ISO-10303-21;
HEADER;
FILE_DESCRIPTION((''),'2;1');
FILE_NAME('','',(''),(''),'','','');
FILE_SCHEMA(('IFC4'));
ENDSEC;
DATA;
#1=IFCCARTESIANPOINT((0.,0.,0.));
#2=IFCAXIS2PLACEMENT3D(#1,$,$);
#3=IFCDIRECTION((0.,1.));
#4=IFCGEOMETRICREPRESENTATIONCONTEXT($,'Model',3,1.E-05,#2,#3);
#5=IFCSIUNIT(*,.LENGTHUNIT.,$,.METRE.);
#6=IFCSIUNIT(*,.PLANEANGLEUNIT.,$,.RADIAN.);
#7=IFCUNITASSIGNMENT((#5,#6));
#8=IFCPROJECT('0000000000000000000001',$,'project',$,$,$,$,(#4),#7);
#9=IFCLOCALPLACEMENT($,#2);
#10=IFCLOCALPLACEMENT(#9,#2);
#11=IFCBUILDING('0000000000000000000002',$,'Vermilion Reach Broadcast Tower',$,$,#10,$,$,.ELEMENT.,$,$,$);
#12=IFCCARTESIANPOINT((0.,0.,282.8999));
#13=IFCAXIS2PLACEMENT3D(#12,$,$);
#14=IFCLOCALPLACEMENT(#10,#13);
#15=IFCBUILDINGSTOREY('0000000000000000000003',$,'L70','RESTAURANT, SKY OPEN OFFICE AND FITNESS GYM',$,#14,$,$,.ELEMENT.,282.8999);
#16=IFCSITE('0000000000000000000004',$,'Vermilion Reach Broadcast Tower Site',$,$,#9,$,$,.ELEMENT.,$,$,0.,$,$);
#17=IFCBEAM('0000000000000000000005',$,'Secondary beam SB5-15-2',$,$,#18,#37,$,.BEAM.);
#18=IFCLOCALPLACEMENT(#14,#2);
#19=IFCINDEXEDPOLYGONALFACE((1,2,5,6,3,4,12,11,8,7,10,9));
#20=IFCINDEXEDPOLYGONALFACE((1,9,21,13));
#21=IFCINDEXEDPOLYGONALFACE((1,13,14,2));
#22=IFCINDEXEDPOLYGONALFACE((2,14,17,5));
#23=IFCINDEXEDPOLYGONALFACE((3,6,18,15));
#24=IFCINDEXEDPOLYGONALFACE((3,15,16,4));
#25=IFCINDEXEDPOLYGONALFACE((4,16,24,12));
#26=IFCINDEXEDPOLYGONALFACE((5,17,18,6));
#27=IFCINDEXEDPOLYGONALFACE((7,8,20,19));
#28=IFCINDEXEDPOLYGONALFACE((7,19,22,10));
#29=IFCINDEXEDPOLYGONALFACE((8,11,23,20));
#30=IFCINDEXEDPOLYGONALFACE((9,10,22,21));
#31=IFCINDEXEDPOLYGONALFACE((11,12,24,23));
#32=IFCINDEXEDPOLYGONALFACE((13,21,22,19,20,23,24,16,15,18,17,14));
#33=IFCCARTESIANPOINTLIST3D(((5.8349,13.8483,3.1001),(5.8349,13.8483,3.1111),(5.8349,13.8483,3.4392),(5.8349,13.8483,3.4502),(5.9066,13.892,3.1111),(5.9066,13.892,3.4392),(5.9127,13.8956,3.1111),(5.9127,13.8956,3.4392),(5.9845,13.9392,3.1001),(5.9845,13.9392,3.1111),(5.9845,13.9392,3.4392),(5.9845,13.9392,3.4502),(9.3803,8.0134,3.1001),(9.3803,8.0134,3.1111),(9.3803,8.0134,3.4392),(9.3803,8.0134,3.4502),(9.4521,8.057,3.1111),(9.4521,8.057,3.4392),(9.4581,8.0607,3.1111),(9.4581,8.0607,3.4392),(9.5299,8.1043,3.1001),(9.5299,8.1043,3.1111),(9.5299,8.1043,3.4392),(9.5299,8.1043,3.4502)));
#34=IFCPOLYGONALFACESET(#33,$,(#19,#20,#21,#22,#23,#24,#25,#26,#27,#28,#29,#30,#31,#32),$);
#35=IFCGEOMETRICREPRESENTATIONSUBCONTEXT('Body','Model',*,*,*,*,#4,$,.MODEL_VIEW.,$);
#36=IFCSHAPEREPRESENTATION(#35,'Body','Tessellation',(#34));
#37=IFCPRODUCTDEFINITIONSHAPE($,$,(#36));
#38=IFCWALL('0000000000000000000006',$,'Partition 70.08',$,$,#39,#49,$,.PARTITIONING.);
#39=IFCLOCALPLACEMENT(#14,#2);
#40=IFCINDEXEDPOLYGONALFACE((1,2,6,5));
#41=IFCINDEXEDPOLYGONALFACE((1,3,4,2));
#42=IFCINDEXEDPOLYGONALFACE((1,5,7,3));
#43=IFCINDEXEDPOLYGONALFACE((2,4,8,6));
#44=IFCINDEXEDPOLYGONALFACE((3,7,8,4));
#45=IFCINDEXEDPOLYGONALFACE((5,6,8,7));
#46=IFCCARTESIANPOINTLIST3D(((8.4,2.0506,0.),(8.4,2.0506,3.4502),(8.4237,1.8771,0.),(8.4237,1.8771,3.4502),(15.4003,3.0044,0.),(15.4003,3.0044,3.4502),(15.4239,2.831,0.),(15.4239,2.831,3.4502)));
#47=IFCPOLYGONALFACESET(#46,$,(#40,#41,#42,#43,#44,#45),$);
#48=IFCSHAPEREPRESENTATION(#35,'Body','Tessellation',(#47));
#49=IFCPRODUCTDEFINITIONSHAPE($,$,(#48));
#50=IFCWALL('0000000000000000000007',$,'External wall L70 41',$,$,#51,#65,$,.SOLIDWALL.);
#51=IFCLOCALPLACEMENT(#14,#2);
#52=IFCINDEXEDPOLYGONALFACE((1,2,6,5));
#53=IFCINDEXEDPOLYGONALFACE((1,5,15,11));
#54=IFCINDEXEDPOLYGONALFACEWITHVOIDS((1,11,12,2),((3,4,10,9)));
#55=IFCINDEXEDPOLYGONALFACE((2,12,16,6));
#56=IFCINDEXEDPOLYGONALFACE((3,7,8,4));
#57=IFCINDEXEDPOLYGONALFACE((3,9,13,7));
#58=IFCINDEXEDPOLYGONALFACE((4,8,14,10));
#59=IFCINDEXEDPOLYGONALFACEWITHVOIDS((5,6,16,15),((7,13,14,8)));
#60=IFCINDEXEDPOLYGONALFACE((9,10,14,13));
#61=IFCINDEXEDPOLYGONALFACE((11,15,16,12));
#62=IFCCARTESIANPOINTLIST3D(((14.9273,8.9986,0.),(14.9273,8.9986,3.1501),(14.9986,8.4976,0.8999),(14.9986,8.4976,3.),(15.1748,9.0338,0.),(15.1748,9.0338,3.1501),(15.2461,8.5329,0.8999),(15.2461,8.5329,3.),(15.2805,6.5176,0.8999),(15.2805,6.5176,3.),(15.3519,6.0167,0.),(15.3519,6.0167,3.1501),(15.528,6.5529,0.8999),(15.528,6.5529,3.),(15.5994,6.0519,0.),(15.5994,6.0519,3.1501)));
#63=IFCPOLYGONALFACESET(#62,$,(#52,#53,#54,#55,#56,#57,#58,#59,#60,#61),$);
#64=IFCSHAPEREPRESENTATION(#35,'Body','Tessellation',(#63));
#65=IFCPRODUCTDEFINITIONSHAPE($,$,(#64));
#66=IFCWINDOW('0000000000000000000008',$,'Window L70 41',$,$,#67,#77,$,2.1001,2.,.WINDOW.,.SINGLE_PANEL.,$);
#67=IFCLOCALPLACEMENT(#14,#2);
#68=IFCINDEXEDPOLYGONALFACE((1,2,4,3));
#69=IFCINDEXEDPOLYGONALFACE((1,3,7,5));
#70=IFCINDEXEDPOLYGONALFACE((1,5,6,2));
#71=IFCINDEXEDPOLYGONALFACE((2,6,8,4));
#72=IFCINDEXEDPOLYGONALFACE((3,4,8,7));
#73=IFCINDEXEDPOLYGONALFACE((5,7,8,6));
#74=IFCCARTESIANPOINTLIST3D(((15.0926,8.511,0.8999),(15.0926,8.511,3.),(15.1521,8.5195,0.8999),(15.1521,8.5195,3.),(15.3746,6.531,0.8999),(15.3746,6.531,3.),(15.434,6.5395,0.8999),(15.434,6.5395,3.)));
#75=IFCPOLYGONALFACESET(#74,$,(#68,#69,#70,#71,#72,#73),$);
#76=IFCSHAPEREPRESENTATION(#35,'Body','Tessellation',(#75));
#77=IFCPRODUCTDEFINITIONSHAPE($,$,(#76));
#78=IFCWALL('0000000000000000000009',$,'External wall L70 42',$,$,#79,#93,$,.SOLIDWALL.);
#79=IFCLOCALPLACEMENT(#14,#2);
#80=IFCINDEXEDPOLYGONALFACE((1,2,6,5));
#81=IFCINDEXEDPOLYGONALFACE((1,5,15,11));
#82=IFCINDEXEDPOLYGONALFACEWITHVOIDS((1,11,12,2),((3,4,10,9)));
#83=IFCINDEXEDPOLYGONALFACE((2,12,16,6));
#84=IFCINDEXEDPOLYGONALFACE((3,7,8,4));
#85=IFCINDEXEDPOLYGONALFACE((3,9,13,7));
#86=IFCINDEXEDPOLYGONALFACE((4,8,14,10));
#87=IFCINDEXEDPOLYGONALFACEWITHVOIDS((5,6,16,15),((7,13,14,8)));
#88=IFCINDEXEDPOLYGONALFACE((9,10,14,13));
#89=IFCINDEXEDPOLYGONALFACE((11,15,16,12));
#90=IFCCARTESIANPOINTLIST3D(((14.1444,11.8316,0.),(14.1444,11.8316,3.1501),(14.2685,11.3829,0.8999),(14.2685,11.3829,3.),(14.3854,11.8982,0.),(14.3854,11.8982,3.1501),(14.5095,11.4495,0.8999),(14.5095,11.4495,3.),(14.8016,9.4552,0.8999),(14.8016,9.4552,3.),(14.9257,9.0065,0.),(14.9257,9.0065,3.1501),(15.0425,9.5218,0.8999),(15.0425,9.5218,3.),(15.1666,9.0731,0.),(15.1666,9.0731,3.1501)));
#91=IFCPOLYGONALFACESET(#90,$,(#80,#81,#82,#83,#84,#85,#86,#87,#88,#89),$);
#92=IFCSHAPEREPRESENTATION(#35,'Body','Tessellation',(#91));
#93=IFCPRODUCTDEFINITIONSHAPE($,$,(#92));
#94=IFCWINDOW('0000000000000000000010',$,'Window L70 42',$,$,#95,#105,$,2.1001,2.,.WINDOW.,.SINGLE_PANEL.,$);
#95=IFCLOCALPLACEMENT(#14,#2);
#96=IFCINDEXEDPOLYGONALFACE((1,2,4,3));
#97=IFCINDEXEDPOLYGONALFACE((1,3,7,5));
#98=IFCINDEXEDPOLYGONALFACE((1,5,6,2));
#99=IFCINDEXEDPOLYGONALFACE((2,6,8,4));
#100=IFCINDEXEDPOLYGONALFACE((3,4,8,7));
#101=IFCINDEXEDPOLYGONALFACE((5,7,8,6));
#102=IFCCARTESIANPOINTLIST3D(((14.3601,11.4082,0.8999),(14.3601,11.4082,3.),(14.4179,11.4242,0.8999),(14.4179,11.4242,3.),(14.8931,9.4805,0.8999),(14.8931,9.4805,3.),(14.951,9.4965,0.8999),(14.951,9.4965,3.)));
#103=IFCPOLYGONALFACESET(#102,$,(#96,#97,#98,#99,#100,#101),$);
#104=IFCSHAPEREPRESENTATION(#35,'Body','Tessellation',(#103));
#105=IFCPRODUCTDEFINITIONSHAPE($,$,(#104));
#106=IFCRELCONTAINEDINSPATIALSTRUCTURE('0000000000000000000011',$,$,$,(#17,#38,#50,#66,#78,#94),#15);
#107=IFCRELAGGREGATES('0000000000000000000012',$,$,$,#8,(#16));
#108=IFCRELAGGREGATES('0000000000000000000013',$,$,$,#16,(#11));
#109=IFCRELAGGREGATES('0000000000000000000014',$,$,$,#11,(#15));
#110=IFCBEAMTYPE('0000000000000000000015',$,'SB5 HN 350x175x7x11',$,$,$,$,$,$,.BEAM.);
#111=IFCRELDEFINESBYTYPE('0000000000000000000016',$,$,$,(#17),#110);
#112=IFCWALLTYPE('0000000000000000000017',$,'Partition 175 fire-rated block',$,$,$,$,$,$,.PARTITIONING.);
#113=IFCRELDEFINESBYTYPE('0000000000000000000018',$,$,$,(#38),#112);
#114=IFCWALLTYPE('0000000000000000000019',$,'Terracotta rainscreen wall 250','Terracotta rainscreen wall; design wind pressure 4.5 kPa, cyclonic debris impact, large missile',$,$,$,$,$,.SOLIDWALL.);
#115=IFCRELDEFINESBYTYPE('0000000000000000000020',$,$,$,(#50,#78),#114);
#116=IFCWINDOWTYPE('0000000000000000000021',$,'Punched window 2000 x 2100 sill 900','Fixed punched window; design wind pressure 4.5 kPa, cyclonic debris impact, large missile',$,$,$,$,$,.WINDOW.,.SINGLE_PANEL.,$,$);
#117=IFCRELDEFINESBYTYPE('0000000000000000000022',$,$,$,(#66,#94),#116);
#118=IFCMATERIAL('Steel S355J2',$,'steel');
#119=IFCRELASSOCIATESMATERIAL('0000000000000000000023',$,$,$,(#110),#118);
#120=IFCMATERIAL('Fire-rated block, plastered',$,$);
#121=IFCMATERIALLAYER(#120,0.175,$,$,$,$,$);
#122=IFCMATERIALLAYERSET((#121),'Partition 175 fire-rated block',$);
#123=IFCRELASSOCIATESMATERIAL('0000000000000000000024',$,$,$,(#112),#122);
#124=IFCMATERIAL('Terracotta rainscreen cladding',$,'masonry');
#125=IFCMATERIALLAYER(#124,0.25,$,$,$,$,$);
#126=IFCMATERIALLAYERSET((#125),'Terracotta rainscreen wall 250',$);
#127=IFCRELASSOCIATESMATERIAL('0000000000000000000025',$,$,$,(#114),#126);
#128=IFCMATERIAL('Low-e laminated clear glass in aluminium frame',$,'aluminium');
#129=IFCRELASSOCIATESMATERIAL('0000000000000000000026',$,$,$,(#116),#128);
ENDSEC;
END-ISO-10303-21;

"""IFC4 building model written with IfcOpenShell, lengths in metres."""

from ifc_helpers import new_model, si_unit, direction, frame, frame_2d, origin, origin_2d, place, context, subcontext, project, spatial, rectangle, i_section, extrude, material, layer, layer_set, material_profile, profile_set, type_object, element, fill, save


model = new_model("IFC4")

# Units and contexts
model_context = context("Model", 3, precision=1e-05, world=origin(), true_north=direction((0.0, 1.0)))
body_context = subcontext(model_context, "Body", "Model", "MODEL_VIEW")
ifc_project = project(units=[si_unit("LENGTHUNIT", "METRE"), si_unit("PLANEANGLEUNIT", "RADIAN")], contexts=[model_context])

# Site, building, storey
site_placement = place(None, origin())
site = spatial("IfcSite", under=ifc_project, at=site_placement, Name="Vermilion Reach Broadcast Tower Site", CompositionType="ELEMENT", RefElevation=0.0)
building_placement = place(site_placement, origin())
building = spatial("IfcBuilding", under=site, at=building_placement, Name="Vermilion Reach Broadcast Tower", CompositionType="ELEMENT")
storey_placement = place(building_placement, frame((0.0, 0.0, 282.8999)))
storey = spatial("IfcBuildingStorey", under=building, at=storey_placement, Name="L70", Description="RESTAURANT, SKY OPEN OFFICE AND FITNESS GYM", CompositionType="ELEMENT", Elevation=282.8999)

# Beam
ifc_material_1 = material(Name="Steel S355J2", Category="steel")
ifc_material_profile_1 = material_profile(ifc_material_1, i_section(OverallWidth=0.175, OverallDepth=0.3501, WebThickness=0.0071, FlangeThickness=0.011, at=origin_2d()), Name="S355J2 HN 350x175x7x11")
ifc_profile_set_1 = profile_set([ifc_material_profile_1], Name="Steel S355J2")
beam_type_1 = type_object("IfcBeamType", Name="SB5 HN 350x175x7x11", PredefinedType="BEAM", material=ifc_profile_set_1)
beam_1_placement = place(storey_placement, frame((9.4551, 8.0588, 3.2751), z_axis=(-0.519273, 0.854608, 0.0), x_axis=(-0.854608, -0.519273, 0.0)))
element("IfcBeam", 1, at=beam_1_placement, inside=storey, type_object=beam_type_1, Name="Secondary beam SB5-15-2", PredefinedType="BEAM", context=body_context, shape_type="SweptSolid", body=[
    extrude(i_section(OverallWidth=0.175, OverallDepth=0.3501, WebThickness=0.0071, FlangeThickness=0.011, at=origin_2d()), origin(), (0.0, 0.0, 1.0), 6.8276),
])

# Wall
ifc_material_2 = material(Name="Fire-rated block, plastered")
ifc_layer_1 = layer(ifc_material_2, 0.175)
ifc_layer_set_1 = layer_set([ifc_layer_1], Name="Partition 175 fire-rated block")
wall_type_1 = type_object("IfcWallType", Name="Partition 175 fire-rated block", PredefinedType="PARTITIONING", material=ifc_layer_set_1)
wall_1_placement = place(storey_placement, frame((15.4121, 2.9177, 0.0), z_axis=(0.0, 0.0, 1.0), x_axis=(-0.990844, -0.135013, 0.0)))
element("IfcWall", 2, at=wall_1_placement, inside=storey, type_object=wall_type_1, Name="Partition 70.08", PredefinedType="PARTITIONING", context=body_context, shape_type="SweptSolid", body=[
    extrude(rectangle(XDim=7.0649, YDim=0.175, at=frame_2d((3.5325, 0.0))), origin(), (0.0, 0.0, 1.0), 3.4502),
])

# Shared definitions
ifc_material_3 = material(Name="Terracotta rainscreen cladding", Category="masonry")
ifc_layer_2 = layer(ifc_material_3, 0.25)
ifc_layer_set_2 = layer_set([ifc_layer_2], Name="Terracotta rainscreen wall 250")
wall_type_2 = type_object("IfcWallType", Name="Terracotta rainscreen wall 250", Description="Terracotta rainscreen wall; design wind pressure 4.5 kPa, cyclonic debris impact, large missile", PredefinedType="SOLIDWALL", material=ifc_layer_set_2)

# Walls, openings, windows
wall_2_placement = place(storey_placement, frame((15.4756, 6.0344, 0.0), z_axis=(0.0, 0.0, 1.0), x_axis=(-0.140956, 0.990016, 0.0)))
wall_2 = element("IfcWall", 3, at=wall_2_placement, inside=storey, type_object=wall_type_2, Name="External wall L70 41", PredefinedType="SOLIDWALL", context=body_context, shape_type="SweptSolid", body=[
    extrude(rectangle(XDim=3.012, YDim=0.25, at=frame_2d((1.5059, 0.0))), origin(), (0.0, 0.0, 1.0), 3.1501),
])
opening_1_placement = place(wall_2_placement, frame((0.5059, 0.0, 0.8999)))
opening_1 = element("IfcOpeningElement", 4, at=opening_1_placement, cuts=wall_2, PredefinedType="OPENING", context=body_context, shape_type="SweptSolid", body=[
    extrude(rectangle(XDim=2.0, YDim=2.1001, at=frame_2d((1.0, 1.05))), frame((0.0, 0.135, 0.0), z_axis=(0.0, -1.0, 0.0), x_axis=(1.0, 0.0, 0.0)), (0.0, 0.0, 1.0), 0.27),
])
ifc_material_4 = material(Name="Low-e laminated clear glass in aluminium frame", Category="aluminium")
window_type = type_object("IfcWindowType", Name="Punched window 2000 x 2100 sill 900", Description="Fixed punched window; design wind pressure 4.5 kPa, cyclonic debris impact, large missile", PartitioningType="SINGLE_PANEL", PredefinedType="WINDOW", material=ifc_material_4)
window_1_placement = place(opening_1_placement, origin())
window_1 = element("IfcWindow", 5, at=window_1_placement, inside=storey, type_object=window_type, Name="Window L70 41", OverallHeight=2.1001, OverallWidth=2.0, PartitioningType="SINGLE_PANEL", PredefinedType="WINDOW", context=body_context, shape_type="SweptSolid", body=[
    extrude(rectangle(XDim=2.0, YDim=2.1001, at=frame_2d((1.0, 1.05))), frame((0.0, 0.03, 0.0), z_axis=(0.0, -1.0, 0.0), x_axis=(1.0, 0.0, 0.0)), (0.0, 0.0, 1.0), 0.0601),
])
fill(opening_1, window_1)
wall_3_placement = place(storey_placement, frame((15.0461, 9.0398, 0.0), z_axis=(0.0, 0.0, 1.0), x_axis=(-0.266527, 0.963828, 0.0)))
wall_3 = element("IfcWall", 6, at=wall_3_placement, inside=storey, type_object=wall_type_2, Name="External wall L70 42", PredefinedType="SOLIDWALL", context=body_context, shape_type="SweptSolid", body=[
    extrude(rectangle(XDim=2.9312, YDim=0.25, at=frame_2d((1.4656, 0.0))), origin(), (0.0, 0.0, 1.0), 3.1501),
])
opening_2_placement = place(wall_3_placement, frame((0.4656, 0.0, 0.8999)))
opening_2 = element("IfcOpeningElement", 7, at=opening_2_placement, cuts=wall_3, PredefinedType="OPENING", context=body_context, shape_type="SweptSolid", body=[
    extrude(rectangle(XDim=2.0, YDim=2.1001, at=frame_2d((1.0, 1.05))), frame((0.0, 0.135, 0.0), z_axis=(0.0, -1.0, 0.0), x_axis=(1.0, 0.0, 0.0)), (0.0, 0.0, 1.0), 0.27),
])
window_2_placement = place(opening_2_placement, origin())
window_2 = element("IfcWindow", 8, at=window_2_placement, inside=storey, type_object=window_type, Name="Window L70 42", OverallHeight=2.1001, OverallWidth=2.0, PartitioningType="SINGLE_PANEL", PredefinedType="WINDOW", context=body_context, shape_type="SweptSolid", body=[
    extrude(rectangle(XDim=2.0, YDim=2.1001, at=frame_2d((1.0, 1.05))), frame((0.0, 0.03, 0.0), z_axis=(0.0, -1.0, 0.0), x_axis=(1.0, 0.0, 0.0)), (0.0, 0.0, 1.0), 0.0601),
])
fill(opening_2, window_2)

save(model, "model.ifc")
